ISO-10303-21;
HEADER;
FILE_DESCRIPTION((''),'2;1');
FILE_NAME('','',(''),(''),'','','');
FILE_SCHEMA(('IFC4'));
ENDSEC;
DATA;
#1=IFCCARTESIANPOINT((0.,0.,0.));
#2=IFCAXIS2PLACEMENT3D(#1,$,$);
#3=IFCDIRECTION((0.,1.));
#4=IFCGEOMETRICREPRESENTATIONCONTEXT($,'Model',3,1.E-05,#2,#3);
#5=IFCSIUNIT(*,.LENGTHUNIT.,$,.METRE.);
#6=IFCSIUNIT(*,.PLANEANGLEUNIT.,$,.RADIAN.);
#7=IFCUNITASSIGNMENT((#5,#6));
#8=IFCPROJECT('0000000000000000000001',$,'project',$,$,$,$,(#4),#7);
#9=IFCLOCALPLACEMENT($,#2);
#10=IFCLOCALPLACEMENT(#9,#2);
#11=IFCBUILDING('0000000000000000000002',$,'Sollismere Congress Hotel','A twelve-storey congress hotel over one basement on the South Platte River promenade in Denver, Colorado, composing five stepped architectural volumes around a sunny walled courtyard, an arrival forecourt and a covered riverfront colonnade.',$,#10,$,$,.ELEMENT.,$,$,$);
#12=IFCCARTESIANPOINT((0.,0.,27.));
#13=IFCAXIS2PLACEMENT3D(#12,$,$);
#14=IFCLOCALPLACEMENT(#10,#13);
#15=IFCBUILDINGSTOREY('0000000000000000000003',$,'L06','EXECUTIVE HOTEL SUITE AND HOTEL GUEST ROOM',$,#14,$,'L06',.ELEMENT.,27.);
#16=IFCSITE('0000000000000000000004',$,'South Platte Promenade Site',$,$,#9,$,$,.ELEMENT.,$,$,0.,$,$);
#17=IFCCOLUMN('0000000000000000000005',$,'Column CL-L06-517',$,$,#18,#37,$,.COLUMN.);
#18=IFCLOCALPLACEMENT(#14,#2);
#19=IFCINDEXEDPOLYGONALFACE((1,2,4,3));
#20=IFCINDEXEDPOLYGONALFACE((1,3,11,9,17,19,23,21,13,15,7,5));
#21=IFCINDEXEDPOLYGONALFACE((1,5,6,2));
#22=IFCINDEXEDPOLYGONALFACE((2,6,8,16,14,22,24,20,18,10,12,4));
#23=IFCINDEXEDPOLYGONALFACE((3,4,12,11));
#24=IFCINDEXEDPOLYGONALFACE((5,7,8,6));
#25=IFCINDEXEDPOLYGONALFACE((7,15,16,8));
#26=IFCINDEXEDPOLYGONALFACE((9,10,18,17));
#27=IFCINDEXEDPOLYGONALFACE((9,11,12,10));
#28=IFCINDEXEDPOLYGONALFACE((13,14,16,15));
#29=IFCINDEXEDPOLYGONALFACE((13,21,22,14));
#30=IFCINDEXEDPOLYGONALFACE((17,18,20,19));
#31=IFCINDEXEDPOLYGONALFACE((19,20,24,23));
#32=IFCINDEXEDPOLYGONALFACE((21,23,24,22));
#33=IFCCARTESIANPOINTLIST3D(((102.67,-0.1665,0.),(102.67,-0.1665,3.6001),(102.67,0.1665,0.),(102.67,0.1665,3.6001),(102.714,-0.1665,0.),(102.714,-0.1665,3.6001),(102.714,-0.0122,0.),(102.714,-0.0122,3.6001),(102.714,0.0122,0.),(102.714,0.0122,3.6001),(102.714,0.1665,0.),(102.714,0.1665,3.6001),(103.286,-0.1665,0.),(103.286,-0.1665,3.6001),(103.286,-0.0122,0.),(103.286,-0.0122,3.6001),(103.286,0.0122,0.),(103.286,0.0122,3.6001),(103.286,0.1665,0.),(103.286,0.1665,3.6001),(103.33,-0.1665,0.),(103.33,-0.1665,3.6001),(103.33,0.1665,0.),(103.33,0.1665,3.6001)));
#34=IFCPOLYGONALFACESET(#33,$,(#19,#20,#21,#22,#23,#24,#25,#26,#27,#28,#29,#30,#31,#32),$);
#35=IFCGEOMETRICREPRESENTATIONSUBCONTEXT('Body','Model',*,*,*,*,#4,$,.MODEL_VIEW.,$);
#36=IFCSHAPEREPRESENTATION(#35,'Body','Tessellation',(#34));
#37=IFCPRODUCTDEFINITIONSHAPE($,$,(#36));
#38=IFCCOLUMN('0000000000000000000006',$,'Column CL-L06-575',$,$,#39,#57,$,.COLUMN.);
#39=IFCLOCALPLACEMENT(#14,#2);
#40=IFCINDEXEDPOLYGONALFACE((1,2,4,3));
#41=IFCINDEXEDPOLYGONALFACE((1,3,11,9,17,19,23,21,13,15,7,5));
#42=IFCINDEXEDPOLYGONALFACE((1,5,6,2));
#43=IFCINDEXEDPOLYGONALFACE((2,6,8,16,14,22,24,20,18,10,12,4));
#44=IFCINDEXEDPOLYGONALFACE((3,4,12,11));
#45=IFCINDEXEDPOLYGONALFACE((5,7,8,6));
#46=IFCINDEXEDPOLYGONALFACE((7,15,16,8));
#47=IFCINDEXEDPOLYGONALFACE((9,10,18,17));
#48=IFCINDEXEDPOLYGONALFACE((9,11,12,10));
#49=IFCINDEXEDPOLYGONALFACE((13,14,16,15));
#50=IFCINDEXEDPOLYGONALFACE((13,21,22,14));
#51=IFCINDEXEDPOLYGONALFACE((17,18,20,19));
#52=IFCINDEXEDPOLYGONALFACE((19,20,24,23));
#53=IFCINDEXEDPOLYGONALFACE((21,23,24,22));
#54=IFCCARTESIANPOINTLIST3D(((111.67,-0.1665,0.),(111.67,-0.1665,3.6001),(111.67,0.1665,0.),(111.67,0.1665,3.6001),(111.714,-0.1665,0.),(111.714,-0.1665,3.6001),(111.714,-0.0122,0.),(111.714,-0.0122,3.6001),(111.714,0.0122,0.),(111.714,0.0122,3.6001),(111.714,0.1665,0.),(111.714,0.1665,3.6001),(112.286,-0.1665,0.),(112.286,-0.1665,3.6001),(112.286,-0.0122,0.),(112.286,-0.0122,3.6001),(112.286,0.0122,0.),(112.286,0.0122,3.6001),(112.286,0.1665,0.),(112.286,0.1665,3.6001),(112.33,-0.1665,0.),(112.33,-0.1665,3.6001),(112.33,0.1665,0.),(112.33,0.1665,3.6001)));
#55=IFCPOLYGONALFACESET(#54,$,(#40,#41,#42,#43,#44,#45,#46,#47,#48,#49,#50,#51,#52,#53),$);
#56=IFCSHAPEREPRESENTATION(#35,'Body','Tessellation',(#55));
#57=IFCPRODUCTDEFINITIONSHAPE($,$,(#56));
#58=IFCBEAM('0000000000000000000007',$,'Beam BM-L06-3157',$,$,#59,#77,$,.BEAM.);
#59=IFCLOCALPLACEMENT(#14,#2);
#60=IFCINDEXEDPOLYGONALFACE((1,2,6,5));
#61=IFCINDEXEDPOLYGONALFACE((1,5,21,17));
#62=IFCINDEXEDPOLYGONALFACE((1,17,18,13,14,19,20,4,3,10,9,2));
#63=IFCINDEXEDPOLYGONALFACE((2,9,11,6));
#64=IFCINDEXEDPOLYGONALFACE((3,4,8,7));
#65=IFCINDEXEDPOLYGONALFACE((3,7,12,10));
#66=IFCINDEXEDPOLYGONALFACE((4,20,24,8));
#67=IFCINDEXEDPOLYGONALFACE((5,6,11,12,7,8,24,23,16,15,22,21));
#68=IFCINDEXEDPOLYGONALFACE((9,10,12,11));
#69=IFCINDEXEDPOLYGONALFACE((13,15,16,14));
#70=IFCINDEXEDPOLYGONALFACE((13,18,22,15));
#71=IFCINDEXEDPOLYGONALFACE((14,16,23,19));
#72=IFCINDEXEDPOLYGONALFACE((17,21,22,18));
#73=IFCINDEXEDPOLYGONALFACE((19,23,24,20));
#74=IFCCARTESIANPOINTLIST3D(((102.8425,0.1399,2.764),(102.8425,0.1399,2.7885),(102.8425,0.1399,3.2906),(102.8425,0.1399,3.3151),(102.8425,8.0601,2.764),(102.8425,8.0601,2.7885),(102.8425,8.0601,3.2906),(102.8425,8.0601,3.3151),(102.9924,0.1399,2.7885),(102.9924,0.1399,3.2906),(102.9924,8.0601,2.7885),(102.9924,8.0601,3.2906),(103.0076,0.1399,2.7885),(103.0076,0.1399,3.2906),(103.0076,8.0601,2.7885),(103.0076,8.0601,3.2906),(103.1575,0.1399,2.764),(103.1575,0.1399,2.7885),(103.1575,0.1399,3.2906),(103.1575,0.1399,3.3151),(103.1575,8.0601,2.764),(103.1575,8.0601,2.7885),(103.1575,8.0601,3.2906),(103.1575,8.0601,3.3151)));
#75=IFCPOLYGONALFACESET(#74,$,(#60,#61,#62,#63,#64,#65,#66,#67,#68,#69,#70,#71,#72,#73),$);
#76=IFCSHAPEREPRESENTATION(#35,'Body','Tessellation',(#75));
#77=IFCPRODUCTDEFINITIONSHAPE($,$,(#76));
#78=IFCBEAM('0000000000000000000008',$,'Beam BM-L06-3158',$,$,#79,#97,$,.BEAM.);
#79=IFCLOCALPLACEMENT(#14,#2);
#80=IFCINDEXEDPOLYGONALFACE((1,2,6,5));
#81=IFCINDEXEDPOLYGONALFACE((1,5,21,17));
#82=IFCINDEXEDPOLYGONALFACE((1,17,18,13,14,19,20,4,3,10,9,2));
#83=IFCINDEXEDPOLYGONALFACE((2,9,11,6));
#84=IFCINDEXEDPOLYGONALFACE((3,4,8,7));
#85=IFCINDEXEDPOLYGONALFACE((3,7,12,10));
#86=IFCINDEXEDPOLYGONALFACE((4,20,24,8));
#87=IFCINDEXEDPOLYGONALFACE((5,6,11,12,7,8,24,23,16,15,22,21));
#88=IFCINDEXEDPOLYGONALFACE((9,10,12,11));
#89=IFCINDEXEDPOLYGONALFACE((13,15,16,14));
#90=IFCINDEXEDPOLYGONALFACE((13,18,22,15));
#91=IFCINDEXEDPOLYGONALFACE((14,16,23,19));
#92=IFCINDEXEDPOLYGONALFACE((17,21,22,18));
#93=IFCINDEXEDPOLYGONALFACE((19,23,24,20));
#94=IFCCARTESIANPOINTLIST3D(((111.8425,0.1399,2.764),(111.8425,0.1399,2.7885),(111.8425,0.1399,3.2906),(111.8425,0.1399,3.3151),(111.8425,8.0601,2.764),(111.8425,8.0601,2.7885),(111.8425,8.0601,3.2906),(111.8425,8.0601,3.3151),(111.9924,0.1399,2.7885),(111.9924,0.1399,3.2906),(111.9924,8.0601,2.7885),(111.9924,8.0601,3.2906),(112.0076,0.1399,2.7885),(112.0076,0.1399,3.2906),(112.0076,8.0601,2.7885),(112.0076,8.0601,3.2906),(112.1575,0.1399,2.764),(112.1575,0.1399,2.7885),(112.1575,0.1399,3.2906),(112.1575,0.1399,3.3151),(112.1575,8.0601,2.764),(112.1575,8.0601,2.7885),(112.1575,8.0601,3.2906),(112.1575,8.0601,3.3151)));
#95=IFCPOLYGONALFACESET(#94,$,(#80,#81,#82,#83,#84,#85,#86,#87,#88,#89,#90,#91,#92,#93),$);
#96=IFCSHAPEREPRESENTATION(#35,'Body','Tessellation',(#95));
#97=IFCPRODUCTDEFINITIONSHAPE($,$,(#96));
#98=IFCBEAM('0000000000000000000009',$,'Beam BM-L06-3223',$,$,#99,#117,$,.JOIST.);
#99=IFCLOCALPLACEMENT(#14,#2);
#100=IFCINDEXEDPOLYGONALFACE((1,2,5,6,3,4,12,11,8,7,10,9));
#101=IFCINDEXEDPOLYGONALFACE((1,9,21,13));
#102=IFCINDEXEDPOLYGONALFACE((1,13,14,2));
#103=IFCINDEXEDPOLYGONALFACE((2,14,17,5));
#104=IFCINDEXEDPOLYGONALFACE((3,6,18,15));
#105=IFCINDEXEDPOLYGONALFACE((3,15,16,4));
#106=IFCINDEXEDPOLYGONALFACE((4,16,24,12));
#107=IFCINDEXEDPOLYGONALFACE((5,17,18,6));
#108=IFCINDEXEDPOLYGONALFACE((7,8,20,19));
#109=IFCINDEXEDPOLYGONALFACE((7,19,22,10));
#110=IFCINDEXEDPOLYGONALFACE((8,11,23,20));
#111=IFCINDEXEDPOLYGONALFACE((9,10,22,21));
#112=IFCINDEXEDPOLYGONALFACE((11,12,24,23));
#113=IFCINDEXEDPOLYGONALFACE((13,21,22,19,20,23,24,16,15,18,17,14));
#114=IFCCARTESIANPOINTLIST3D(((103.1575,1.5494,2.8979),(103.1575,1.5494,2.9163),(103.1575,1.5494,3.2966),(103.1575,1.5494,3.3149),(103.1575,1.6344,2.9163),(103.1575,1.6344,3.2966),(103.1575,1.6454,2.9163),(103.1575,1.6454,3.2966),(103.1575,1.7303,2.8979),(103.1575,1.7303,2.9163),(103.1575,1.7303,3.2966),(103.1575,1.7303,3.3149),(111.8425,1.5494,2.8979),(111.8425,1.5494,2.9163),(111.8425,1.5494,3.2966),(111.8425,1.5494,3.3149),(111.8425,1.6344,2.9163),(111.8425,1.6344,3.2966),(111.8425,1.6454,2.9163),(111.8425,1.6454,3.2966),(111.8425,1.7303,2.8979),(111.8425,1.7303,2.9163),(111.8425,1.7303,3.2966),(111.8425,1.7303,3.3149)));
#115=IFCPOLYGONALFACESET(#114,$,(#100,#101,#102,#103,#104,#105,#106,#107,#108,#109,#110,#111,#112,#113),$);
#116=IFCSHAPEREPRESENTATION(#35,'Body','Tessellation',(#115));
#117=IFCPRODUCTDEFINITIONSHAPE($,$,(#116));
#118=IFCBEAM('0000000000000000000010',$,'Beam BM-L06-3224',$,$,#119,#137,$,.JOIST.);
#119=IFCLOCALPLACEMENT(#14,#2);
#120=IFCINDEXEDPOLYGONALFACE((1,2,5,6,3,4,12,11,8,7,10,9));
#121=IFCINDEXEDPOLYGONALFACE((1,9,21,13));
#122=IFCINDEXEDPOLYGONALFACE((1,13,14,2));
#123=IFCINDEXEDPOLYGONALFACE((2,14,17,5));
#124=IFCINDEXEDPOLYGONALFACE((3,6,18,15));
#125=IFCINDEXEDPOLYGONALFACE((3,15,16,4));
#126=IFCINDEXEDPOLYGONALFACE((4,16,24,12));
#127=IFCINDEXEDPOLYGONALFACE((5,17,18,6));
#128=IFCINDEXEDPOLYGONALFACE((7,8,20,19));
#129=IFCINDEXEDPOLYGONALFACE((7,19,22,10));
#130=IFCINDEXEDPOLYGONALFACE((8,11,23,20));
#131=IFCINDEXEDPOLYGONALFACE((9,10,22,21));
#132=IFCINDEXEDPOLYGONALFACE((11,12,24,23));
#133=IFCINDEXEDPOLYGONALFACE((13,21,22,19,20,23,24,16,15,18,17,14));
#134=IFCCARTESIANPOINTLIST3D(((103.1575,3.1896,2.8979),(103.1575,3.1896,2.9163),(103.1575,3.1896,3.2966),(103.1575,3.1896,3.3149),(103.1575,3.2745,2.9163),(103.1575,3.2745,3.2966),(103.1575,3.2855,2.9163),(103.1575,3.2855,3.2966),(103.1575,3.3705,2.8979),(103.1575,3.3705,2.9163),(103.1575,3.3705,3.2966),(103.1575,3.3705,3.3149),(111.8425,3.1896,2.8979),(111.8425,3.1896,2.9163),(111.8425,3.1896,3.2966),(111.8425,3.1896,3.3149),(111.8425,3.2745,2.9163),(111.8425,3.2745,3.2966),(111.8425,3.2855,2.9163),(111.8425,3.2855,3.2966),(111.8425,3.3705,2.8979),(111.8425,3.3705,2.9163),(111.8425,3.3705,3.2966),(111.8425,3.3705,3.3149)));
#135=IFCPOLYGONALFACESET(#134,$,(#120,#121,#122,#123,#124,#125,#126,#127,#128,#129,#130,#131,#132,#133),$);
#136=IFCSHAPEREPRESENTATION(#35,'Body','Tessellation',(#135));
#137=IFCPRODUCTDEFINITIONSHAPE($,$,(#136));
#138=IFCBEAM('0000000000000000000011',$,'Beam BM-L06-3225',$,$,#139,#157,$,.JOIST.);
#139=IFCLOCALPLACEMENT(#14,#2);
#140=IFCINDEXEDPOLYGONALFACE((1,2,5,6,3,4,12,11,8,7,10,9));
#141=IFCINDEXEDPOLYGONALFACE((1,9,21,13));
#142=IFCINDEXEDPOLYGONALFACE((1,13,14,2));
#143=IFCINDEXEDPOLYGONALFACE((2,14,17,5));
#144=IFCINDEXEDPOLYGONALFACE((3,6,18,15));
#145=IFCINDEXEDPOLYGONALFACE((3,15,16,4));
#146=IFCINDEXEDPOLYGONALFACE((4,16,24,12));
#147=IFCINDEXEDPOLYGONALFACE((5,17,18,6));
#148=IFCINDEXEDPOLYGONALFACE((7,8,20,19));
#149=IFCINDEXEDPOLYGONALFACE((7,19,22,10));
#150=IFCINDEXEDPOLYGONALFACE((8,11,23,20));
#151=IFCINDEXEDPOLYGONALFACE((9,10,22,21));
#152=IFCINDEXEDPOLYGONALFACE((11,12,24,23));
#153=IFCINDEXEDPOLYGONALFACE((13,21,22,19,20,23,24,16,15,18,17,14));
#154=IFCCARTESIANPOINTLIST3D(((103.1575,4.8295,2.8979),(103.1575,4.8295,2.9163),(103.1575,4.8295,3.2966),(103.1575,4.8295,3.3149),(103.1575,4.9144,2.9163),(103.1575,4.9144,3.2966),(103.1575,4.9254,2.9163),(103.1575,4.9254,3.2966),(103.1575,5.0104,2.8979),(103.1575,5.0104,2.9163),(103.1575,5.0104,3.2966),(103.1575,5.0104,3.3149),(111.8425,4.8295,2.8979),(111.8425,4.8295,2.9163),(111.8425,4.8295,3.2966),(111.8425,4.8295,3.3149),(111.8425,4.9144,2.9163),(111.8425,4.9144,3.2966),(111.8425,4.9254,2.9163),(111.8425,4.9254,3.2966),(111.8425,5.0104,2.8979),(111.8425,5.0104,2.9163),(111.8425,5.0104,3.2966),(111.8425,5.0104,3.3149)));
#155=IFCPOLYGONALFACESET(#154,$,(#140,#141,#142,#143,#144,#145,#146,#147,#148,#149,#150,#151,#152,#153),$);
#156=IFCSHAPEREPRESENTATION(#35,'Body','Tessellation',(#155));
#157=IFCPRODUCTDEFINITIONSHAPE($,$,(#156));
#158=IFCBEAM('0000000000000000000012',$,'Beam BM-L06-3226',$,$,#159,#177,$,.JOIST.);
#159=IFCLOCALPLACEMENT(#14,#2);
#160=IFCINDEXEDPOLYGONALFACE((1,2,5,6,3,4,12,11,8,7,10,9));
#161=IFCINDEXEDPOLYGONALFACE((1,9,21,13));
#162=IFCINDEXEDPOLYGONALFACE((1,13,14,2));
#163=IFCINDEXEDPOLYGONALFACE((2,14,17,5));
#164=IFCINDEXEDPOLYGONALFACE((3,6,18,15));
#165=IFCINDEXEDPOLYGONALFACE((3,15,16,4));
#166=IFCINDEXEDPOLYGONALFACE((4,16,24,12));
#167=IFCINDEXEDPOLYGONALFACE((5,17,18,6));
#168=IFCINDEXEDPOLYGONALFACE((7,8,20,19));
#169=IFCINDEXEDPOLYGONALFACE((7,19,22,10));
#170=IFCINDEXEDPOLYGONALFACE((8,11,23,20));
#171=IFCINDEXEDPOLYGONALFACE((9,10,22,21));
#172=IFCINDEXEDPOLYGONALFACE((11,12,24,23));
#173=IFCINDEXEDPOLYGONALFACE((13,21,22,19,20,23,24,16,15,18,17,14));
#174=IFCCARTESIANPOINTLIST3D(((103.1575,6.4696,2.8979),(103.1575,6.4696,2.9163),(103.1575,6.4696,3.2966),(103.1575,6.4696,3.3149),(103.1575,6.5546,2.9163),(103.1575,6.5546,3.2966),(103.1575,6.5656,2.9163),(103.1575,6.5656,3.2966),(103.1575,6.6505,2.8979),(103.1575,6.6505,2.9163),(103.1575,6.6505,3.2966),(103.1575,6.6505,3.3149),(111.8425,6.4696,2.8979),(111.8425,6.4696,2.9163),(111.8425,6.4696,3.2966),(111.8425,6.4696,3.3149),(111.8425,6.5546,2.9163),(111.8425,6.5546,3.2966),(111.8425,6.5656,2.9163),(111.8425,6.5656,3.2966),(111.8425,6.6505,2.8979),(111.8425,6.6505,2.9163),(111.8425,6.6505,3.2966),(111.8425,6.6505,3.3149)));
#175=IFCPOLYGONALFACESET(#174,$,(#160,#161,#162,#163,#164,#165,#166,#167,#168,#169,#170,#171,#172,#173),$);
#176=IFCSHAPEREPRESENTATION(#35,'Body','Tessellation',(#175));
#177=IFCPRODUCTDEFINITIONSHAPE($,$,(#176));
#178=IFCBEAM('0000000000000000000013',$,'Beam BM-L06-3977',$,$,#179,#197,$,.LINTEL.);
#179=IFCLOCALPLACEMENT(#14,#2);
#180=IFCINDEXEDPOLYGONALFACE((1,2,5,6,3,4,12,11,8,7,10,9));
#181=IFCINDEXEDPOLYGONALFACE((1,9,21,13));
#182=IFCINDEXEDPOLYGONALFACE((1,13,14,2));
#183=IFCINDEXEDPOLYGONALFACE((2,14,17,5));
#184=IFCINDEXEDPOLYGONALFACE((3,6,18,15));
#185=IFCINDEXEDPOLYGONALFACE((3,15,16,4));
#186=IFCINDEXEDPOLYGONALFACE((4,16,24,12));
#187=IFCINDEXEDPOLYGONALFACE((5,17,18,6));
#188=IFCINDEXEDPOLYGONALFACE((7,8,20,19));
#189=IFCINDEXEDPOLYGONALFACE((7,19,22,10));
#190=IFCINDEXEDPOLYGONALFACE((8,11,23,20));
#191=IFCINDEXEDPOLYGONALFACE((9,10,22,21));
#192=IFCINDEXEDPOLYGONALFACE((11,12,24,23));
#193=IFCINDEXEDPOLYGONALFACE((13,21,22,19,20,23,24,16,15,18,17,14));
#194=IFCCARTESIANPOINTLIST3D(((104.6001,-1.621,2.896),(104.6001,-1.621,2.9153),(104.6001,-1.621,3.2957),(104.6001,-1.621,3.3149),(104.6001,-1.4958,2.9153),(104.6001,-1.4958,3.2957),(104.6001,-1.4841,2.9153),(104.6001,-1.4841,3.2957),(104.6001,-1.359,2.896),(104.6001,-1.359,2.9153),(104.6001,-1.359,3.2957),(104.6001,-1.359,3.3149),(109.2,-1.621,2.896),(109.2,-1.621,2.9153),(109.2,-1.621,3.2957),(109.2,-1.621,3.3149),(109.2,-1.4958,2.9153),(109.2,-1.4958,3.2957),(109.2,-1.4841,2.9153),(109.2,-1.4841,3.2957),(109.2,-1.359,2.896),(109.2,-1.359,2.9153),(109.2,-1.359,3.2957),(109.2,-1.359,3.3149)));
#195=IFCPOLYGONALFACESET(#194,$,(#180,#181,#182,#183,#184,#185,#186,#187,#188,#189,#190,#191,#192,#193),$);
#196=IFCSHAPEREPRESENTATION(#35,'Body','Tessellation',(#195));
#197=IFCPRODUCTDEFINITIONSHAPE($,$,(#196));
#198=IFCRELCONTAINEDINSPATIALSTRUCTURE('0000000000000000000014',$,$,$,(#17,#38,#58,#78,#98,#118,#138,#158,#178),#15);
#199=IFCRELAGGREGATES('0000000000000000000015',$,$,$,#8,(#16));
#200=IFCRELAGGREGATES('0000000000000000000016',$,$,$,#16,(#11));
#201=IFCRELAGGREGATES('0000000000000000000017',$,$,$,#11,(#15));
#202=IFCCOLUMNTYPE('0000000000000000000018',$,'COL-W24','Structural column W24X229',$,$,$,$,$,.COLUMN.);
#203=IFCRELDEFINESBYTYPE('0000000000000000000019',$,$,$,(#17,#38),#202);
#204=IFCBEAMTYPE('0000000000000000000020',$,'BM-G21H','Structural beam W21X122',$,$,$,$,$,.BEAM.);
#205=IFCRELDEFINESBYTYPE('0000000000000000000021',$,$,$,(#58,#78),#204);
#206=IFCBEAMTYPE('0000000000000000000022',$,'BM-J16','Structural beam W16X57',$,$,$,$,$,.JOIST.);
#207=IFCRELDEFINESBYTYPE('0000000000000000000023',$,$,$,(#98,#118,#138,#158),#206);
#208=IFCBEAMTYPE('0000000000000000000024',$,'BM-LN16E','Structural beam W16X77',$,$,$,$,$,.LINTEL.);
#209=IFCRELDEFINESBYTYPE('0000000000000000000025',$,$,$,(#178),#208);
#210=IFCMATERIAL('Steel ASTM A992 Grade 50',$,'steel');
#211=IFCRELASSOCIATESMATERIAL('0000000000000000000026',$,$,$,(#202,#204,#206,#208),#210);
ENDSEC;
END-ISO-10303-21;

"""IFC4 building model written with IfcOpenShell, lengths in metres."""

from ifc_helpers import new_model, si_unit, direction, frame, origin, origin_2d, place, context, subcontext, project, spatial, i_section, extrude, material, material_profile, profile_set, type_object, element, save


model = new_model("IFC4")

# Units and contexts
model_context = context("Model", 3, precision=1e-05, world=origin(), true_north=direction((0.0, 1.0)))
body_context = subcontext(model_context, "Body", "Model", "MODEL_VIEW")
ifc_project = project(units=[si_unit("LENGTHUNIT", "METRE"), si_unit("PLANEANGLEUNIT", "RADIAN")], contexts=[model_context])

# Site, building, storey
site_placement = place(None, origin())
site = spatial("IfcSite", under=ifc_project, at=site_placement, Name="South Platte Promenade Site", CompositionType="ELEMENT", RefElevation=0.0)
building_placement = place(site_placement, origin())
building = spatial("IfcBuilding", under=site, at=building_placement, Name="Sollismere Congress Hotel", Description="A twelve-storey congress hotel over one basement on the South Platte River promenade in Denver, Colorado, composing five stepped architectural volumes around a sunny walled courtyard, an arrival forecourt and a covered riverfront colonnade.", CompositionType="ELEMENT")
storey_placement = place(building_placement, frame((0.0, 0.0, 27.0)))
storey = spatial("IfcBuildingStorey", under=building, at=storey_placement, Name="L06", Description="EXECUTIVE HOTEL SUITE AND HOTEL GUEST ROOM", LongName="L06", CompositionType="ELEMENT", Elevation=27.0)

# Columns
ifc_material_1 = material(Name="Steel ASTM A992 Grade 50", Category="steel")
ifc_material_profile_1 = material_profile(ifc_material_1, i_section(OverallWidth=0.333, OverallDepth=0.6599, WebThickness=0.0244, FlangeThickness=0.0439, at=origin_2d()), Name="W24X229")
ifc_profile_set_1 = profile_set([ifc_material_profile_1], Name="Steel ASTM A992 Grade 50")
column_type = type_object("IfcColumnType", Name="COL-W24", Description="Structural column W24X229", PredefinedType="COLUMN", material=ifc_profile_set_1)
for number, where, z_axis, x_axis, name in (
    (1, (103.0, 0.0, 0.0), (0.0, 0.0, 1.0), (0.0, 1.0, 0.0), "Column CL-L06-517"),
    (2, (112.0, 0.0, 0.0), (0.0, 0.0, 1.0), (0.0, 1.0, 0.0), "Column CL-L06-575"),
):
    element("IfcColumn", number, at=place(storey_placement, frame(where, z_axis=z_axis, x_axis=x_axis)), inside=storey, type_object=column_type, Name=name, PredefinedType="COLUMN", context=body_context, shape_type="SweptSolid", body=[
        extrude(i_section(OverallWidth=0.333, OverallDepth=0.6599, WebThickness=0.0244, FlangeThickness=0.0439, at=origin_2d()), origin(), (0.0, 0.0, 1.0), 3.6001),
    ])

# Beams
ifc_material_profile_2 = material_profile(ifc_material_1, i_section(OverallWidth=0.3149, OverallDepth=0.551, WebThickness=0.0151, FlangeThickness=0.0244, at=origin_2d()), Name="W21X122")
ifc_profile_set_2 = profile_set([ifc_material_profile_2], Name="Steel ASTM A992 Grade 50")
beam_type_1 = type_object("IfcBeamType", Name="BM-G21H", Description="Structural beam W21X122", PredefinedType="BEAM", material=ifc_profile_set_2)
for number, where, z_axis, x_axis, name in (
    (3, (103.0, 0.1399, 3.0396), (0.0, 1.0, 0.0), (-1.0, 0.0, 0.0), "Beam BM-L06-3157"),
    (4, (112.0, 0.1399, 3.0396), (0.0, 1.0, 0.0), (-1.0, 0.0, 0.0), "Beam BM-L06-3158"),
):
    element("IfcBeam", number, at=place(storey_placement, frame(where, z_axis=z_axis, x_axis=x_axis)), inside=storey, type_object=beam_type_1, Name=name, PredefinedType="BEAM", context=body_context, shape_type="SweptSolid", body=[
        extrude(i_section(OverallWidth=0.3149, OverallDepth=0.551, WebThickness=0.0151, FlangeThickness=0.0244, at=origin_2d()), origin(), (0.0, 0.0, 1.0), 7.9202),
    ])
ifc_material_profile_3 = material_profile(ifc_material_1, i_section(OverallWidth=0.1809, OverallDepth=0.417, WebThickness=0.011, FlangeThickness=0.0183, at=origin_2d()), Name="W16X57")
ifc_profile_set_3 = profile_set([ifc_material_profile_3], Name="Steel ASTM A992 Grade 50")
beam_type_2 = type_object("IfcBeamType", Name="BM-J16", Description="Structural beam W16X57", PredefinedType="JOIST", material=ifc_profile_set_3)
for number, where, z_axis, x_axis, name in (
    (5, (103.1575, 1.6399, 3.1064), (1.0, 0.0, 0.0), (0.0, 1.0, 0.0), "Beam BM-L06-3223"),
    (6, (103.1575, 3.28, 3.1064), (1.0, 0.0, 0.0), (0.0, 1.0, 0.0), "Beam BM-L06-3224"),
    (7, (103.1575, 4.9199, 3.1064), (1.0, 0.0, 0.0), (0.0, 1.0, 0.0), "Beam BM-L06-3225"),
    (8, (103.1575, 6.5601, 3.1064), (1.0, 0.0, 0.0), (0.0, 1.0, 0.0), "Beam BM-L06-3226"),
):
    element("IfcBeam", number, at=place(storey_placement, frame(where, z_axis=z_axis, x_axis=x_axis)), inside=storey, type_object=beam_type_2, Name=name, PredefinedType="JOIST", context=body_context, shape_type="SweptSolid", body=[
        extrude(i_section(OverallWidth=0.1809, OverallDepth=0.417, WebThickness=0.011, FlangeThickness=0.0183, at=origin_2d()), origin(), (0.0, 0.0, 1.0), 8.6851),
    ])
ifc_material_profile_4 = material_profile(ifc_material_1, i_section(OverallWidth=0.262, OverallDepth=0.4189, WebThickness=0.0117, FlangeThickness=0.0193, at=origin_2d()), Name="W16X77")
ifc_profile_set_4 = profile_set([ifc_material_profile_4], Name="Steel ASTM A992 Grade 50")
beam_type_3 = type_object("IfcBeamType", Name="BM-LN16E", Description="Structural beam W16X77", PredefinedType="LINTEL", material=ifc_profile_set_4)
beam_1_placement = place(storey_placement, frame((104.6001, -1.49, 3.1055), z_axis=(1.0, 0.0, 0.0), x_axis=(0.0, 1.0, 0.0)))
element("IfcBeam", 9, at=beam_1_placement, inside=storey, type_object=beam_type_3, Name="Beam BM-L06-3977", PredefinedType="LINTEL", context=body_context, shape_type="SweptSolid", body=[
    extrude(i_section(OverallWidth=0.262, OverallDepth=0.4189, WebThickness=0.0117, FlangeThickness=0.0193, at=origin_2d()), origin(), (0.0, 0.0, 1.0), 4.5999),
])

save(model, "model.ifc")
